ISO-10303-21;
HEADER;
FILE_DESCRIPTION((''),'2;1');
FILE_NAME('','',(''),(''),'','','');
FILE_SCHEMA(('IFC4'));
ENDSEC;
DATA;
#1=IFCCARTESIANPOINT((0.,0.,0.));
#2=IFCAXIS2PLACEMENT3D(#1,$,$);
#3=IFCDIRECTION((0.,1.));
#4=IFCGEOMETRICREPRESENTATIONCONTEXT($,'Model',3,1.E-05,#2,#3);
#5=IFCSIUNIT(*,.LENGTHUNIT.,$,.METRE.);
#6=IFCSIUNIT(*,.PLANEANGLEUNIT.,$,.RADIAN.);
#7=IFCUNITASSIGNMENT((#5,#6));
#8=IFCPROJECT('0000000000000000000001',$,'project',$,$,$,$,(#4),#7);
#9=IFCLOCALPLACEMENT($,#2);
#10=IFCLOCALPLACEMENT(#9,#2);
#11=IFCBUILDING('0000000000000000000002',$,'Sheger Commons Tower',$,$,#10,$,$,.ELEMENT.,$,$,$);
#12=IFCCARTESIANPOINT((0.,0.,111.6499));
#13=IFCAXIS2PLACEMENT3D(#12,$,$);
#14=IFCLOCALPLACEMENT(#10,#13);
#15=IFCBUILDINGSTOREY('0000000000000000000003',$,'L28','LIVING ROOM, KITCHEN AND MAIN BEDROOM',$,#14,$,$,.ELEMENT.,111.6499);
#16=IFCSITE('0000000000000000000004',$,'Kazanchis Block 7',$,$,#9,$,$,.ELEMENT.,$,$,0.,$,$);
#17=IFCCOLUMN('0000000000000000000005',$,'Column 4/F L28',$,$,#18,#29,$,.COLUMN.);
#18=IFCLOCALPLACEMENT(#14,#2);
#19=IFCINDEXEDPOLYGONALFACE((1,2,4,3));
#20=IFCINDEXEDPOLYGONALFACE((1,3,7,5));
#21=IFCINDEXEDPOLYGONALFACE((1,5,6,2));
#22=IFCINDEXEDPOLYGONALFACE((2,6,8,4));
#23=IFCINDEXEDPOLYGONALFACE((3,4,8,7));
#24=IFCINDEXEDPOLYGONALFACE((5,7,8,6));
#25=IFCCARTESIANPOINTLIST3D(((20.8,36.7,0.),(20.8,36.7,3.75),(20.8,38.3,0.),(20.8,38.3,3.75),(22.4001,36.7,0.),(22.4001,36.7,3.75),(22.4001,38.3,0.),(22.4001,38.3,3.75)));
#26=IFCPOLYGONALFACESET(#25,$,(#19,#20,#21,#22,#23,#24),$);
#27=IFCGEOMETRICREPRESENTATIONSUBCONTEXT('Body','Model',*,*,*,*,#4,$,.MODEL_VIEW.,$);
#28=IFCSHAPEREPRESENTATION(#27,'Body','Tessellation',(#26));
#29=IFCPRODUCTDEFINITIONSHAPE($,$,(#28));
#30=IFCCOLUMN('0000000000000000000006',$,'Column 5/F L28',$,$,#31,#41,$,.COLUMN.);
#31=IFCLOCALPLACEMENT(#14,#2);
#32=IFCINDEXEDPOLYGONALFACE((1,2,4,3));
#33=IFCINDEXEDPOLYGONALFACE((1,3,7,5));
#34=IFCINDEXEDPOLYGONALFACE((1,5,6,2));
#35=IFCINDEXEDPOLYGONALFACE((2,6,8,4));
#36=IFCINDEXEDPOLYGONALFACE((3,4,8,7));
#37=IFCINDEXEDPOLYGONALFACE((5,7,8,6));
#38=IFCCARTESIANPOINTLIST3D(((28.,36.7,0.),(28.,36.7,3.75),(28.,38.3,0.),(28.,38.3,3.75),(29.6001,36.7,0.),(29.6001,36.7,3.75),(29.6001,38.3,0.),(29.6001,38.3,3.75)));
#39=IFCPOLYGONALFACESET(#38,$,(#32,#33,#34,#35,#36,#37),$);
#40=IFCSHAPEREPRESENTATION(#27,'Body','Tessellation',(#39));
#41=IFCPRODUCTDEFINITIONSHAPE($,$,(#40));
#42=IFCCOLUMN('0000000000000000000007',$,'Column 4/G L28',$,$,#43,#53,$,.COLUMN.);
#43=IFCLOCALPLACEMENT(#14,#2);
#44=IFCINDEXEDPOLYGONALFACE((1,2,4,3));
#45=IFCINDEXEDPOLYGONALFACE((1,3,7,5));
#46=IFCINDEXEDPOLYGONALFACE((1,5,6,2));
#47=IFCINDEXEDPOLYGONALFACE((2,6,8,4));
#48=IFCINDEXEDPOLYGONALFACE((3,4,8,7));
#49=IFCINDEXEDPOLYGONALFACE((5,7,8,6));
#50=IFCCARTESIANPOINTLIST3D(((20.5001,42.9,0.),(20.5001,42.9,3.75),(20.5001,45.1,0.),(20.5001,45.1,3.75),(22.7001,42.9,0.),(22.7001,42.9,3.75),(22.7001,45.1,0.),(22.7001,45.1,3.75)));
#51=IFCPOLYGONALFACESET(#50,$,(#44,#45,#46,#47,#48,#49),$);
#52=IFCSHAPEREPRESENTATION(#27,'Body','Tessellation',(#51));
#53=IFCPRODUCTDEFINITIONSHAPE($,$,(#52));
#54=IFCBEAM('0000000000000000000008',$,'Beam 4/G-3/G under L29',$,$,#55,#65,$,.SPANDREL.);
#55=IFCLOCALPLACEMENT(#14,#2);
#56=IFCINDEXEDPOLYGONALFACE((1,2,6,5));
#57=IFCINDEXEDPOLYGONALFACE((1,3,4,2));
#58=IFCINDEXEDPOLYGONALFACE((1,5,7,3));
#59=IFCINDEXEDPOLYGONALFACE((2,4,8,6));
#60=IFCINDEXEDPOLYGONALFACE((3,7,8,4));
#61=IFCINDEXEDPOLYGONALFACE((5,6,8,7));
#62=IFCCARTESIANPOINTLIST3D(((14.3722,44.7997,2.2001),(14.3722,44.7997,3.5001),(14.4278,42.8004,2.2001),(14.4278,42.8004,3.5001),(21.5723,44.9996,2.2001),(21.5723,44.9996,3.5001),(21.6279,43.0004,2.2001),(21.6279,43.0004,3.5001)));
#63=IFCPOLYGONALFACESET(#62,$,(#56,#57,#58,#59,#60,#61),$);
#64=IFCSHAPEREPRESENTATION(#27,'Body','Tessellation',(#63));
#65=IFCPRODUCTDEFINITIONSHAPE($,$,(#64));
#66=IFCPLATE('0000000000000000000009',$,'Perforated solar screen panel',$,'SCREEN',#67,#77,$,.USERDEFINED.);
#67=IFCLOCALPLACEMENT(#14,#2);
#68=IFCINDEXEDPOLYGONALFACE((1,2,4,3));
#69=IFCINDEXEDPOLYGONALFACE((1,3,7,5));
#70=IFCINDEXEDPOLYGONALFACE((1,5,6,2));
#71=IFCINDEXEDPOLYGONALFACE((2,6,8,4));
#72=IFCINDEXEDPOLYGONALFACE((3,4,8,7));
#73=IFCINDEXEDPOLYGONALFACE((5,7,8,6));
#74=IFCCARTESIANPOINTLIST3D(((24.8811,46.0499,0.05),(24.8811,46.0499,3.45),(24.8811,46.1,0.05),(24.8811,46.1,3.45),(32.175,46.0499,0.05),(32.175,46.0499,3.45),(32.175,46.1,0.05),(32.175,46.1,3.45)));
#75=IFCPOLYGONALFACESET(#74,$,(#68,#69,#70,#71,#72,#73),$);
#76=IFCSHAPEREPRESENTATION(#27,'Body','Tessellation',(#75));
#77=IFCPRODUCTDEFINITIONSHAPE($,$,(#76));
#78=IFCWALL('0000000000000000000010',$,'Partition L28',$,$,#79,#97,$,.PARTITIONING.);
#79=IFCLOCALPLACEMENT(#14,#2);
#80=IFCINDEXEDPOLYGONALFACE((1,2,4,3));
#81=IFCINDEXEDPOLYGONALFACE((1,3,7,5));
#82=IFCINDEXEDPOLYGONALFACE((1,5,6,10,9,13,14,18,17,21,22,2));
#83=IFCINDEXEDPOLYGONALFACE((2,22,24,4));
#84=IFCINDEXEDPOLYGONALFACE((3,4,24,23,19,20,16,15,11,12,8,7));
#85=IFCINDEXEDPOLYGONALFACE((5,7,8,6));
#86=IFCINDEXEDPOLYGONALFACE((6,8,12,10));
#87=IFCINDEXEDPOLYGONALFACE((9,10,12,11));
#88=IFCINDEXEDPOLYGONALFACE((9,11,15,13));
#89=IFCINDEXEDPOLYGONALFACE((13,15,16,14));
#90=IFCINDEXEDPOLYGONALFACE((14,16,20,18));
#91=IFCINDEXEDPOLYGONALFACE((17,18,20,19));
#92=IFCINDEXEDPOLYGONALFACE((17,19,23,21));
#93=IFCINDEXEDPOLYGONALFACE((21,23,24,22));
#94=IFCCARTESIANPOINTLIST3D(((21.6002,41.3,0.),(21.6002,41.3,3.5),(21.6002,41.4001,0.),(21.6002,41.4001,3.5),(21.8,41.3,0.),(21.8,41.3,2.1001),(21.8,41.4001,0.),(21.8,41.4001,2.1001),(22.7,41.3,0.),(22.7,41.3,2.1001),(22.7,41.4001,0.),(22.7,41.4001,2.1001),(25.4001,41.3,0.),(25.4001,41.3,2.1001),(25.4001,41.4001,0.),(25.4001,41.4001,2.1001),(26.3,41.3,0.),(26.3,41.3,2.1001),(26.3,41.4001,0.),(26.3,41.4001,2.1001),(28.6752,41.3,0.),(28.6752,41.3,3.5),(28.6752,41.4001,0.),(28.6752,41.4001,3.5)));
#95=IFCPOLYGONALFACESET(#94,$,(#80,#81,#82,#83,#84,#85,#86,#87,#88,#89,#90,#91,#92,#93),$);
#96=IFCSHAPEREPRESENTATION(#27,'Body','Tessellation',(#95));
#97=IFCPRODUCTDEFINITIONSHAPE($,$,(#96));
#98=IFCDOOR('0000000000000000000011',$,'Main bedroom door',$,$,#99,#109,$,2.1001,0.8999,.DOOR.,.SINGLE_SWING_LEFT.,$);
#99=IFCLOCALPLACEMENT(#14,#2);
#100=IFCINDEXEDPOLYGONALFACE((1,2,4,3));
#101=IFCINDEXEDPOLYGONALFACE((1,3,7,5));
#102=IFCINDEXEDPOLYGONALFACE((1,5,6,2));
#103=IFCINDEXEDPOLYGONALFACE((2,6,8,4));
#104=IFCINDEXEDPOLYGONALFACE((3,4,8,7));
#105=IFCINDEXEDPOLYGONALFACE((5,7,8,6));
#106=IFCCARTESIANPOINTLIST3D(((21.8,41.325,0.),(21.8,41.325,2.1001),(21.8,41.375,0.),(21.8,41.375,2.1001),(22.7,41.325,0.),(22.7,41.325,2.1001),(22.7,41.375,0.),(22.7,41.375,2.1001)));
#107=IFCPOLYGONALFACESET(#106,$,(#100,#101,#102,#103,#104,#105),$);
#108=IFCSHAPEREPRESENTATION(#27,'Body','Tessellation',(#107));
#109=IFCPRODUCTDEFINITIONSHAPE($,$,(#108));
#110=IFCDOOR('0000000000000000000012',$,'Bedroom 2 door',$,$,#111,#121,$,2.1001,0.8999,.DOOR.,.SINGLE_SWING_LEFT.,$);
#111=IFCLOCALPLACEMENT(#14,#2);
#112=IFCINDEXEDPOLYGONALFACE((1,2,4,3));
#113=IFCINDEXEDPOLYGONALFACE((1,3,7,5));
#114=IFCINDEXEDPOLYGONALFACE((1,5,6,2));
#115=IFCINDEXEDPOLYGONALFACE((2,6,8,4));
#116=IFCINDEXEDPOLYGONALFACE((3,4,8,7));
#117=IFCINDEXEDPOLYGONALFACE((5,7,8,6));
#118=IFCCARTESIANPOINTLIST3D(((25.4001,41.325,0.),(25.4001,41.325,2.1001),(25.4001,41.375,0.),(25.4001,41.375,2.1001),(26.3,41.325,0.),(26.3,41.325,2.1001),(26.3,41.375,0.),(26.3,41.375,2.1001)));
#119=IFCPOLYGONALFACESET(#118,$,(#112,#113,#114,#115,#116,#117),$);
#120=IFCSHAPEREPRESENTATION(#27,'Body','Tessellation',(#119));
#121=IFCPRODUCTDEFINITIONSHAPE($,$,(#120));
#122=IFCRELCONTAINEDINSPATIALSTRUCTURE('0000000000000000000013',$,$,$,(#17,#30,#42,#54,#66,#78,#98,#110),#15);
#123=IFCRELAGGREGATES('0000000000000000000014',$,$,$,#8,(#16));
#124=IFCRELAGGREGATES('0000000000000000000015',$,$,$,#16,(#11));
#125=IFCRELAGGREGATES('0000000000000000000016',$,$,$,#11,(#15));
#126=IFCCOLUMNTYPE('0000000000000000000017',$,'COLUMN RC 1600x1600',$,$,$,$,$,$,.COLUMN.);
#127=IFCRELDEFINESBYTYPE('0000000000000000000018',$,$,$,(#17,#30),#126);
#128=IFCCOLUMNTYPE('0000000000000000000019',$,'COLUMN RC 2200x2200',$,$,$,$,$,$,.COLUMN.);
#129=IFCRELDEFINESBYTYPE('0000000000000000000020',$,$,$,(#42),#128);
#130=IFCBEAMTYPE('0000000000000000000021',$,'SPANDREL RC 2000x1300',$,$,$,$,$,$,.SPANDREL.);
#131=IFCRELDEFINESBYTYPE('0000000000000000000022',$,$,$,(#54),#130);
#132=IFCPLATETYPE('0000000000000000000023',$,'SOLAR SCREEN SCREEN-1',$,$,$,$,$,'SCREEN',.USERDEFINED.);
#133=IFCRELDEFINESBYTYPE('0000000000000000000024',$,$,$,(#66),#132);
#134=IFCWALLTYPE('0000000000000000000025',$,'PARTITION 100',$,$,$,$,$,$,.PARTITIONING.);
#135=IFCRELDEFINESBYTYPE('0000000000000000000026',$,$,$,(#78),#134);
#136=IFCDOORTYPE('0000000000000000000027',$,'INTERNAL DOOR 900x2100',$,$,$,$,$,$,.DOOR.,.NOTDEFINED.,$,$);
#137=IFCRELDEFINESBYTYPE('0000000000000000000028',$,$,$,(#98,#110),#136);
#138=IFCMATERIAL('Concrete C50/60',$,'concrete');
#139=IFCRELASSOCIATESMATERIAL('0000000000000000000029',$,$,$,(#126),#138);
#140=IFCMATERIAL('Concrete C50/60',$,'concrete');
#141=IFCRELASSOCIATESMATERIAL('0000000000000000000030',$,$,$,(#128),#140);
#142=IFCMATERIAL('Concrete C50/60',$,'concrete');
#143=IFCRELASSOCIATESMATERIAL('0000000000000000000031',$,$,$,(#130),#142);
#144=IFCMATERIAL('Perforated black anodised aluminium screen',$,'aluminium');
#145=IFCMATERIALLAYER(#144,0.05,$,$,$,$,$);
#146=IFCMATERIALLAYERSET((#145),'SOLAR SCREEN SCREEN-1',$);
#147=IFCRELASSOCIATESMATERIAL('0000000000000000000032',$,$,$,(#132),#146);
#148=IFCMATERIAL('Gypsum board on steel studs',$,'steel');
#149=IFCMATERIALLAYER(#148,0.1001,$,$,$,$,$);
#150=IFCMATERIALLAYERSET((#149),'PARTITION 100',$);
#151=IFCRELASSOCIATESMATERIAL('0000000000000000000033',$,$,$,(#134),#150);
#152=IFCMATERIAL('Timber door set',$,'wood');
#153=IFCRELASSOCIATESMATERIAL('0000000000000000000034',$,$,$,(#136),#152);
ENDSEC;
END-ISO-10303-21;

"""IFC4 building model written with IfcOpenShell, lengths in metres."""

from ifc_helpers import new_model, si_unit, direction, frame, frame_2d, origin, origin_2d, place, context, subcontext, project, spatial, rectangle, extrude, material, layer, layer_set, material_profile, profile_set, type_object, element, fill, save


model = new_model("IFC4")

# Units and contexts
model_context = context("Model", 3, precision=1e-05, world=origin(), true_north=direction((0.0, 1.0)))
body_context = subcontext(model_context, "Body", "Model", "MODEL_VIEW")
ifc_project = project(units=[si_unit("LENGTHUNIT", "METRE"), si_unit("PLANEANGLEUNIT", "RADIAN")], contexts=[model_context])

# Site, building, storey
site_placement = place(None, origin())
site = spatial("IfcSite", under=ifc_project, at=site_placement, Name="Kazanchis Block 7", CompositionType="ELEMENT", RefElevation=0.0)
building_placement = place(site_placement, origin())
building = spatial("IfcBuilding", under=site, at=building_placement, Name="Sheger Commons Tower", CompositionType="ELEMENT")
storey_placement = place(building_placement, frame((0.0, 0.0, 111.6499)))
storey = spatial("IfcBuildingStorey", under=building, at=storey_placement, Name="L28", Description="LIVING ROOM, KITCHEN AND MAIN BEDROOM", CompositionType="ELEMENT", Elevation=111.6499)

# Columns
ifc_material_1 = material(Name="Concrete C50/60", Category="concrete")
ifc_material_profile_1 = material_profile(ifc_material_1, rectangle(XDim=1.6001, YDim=1.6001, at=origin_2d()), Name="RC 1600x1600")
ifc_profile_set_1 = profile_set([ifc_material_profile_1], Name="Concrete C50/60")
column_type_1 = type_object("IfcColumnType", Name="COLUMN RC 1600x1600", PredefinedType="COLUMN", material=ifc_profile_set_1)
for number, where, z_axis, x_axis, name in (
    (1, (21.6001, 37.5, 0.0), (0.0, 0.0, 1.0), (1.0, 0.0, 0.0), "Column 4/F L28"),
    (2, (28.8, 37.5, 0.0), (0.0, 0.0, 1.0), (1.0, 0.0, 0.0), "Column 5/F L28"),
):
    element("IfcColumn", number, at=place(storey_placement, frame(where, z_axis=z_axis, x_axis=x_axis)), inside=storey, type_object=column_type_1, Name=name, PredefinedType="COLUMN", context=body_context, shape_type="SweptSolid", body=[
        extrude(rectangle(XDim=1.6001, YDim=1.6001, at=origin_2d()), origin(), (0.0, 0.0, 1.0), 3.75),
    ])
ifc_material_2 = material(Name="Concrete C50/60", Category="concrete")
ifc_material_profile_2 = material_profile(ifc_material_2, rectangle(XDim=2.2, YDim=2.2, at=origin_2d()), Name="RC 2200x2200")
ifc_profile_set_2 = profile_set([ifc_material_profile_2], Name="Concrete C50/60")
column_type_2 = type_object("IfcColumnType", Name="COLUMN RC 2200x2200", PredefinedType="COLUMN", material=ifc_profile_set_2)
column_placement = place(storey_placement, frame((21.6001, 44.0, 0.0), z_axis=(0.0, 0.0, 1.0), x_axis=(1.0, 0.0, 0.0)))
element("IfcColumn", 3, at=column_placement, inside=storey, type_object=column_type_2, Name="Column 4/G L28", PredefinedType="COLUMN", context=body_context, shape_type="SweptSolid", body=[
    extrude(rectangle(XDim=2.2, YDim=2.2, at=origin_2d()), origin(), (0.0, 0.0, 1.0), 3.75),
])

# Beam
ifc_material_3 = material(Name="Concrete C50/60", Category="concrete")
ifc_material_profile_3 = material_profile(ifc_material_3, rectangle(XDim=2.0, YDim=1.3, at=origin_2d()), Name="RC 2000x1300")
ifc_profile_set_3 = profile_set([ifc_material_profile_3], Name="Concrete C50/60")
beam_type = type_object("IfcBeamType", Name="SPANDREL RC 2000x1300", PredefinedType="SPANDREL", material=ifc_profile_set_3)
beam_placement = place(storey_placement, frame((21.6001, 44.0, 2.8501), z_axis=(-0.999615, -0.02776, 0.0), x_axis=(0.02776, -0.999615, 0.0)))
element("IfcBeam", 4, at=beam_placement, inside=storey, type_object=beam_type, Name="Beam 4/G-3/G under L29", PredefinedType="SPANDREL", context=body_context, shape_type="SweptSolid", body=[
    extrude(rectangle(XDim=2.0, YDim=1.3, at=origin_2d()), origin(), (0.0, 0.0, 1.0), 7.2029),
])

# Plate
ifc_material_4 = material(Name="Perforated black anodised aluminium screen", Category="aluminium")
ifc_layer_1 = layer(ifc_material_4, 0.05)
ifc_layer_set_1 = layer_set([ifc_layer_1], Name="SOLAR SCREEN SCREEN-1")
plate_type = type_object("IfcPlateType", Name="SOLAR SCREEN SCREEN-1", ElementType="SCREEN", PredefinedType="USERDEFINED", material=ifc_layer_set_1)
plate_placement = place(storey_placement, frame((28.5281, 46.075, 0.05), z_axis=(0.0, 0.0, 1.0), x_axis=(-1.0, 0.0, 0.0)))
element("IfcPlate", 5, at=plate_placement, inside=storey, type_object=plate_type, Name="Perforated solar screen panel", ObjectType="SCREEN", PredefinedType="USERDEFINED", context=body_context, shape_type="SweptSolid", body=[
    extrude(rectangle(XDim=7.2939, YDim=0.05, at=origin_2d()), origin(), (0.0, 0.0, 1.0), 3.3999),
])

# Wall, openings, doors
ifc_material_5 = material(Name="Gypsum board on steel studs", Category="steel")
ifc_layer_2 = layer(ifc_material_5, 0.1001)
ifc_layer_set_2 = layer_set([ifc_layer_2], Name="PARTITION 100")
wall_type = type_object("IfcWallType", Name="PARTITION 100", PredefinedType="PARTITIONING", material=ifc_layer_set_2)
wall_1_placement = place(storey_placement, frame((21.6001, 41.3501, 0.0), z_axis=(0.0, 0.0, 1.0), x_axis=(1.0, 0.0, 0.0)))
wall_1 = element("IfcWall", 6, at=wall_1_placement, inside=storey, type_object=wall_type, Name="Partition L28", PredefinedType="PARTITIONING", context=body_context, shape_type="SweptSolid", body=[
    extrude(rectangle(XDim=7.075, YDim=0.1001, at=frame_2d((3.5376, 0.0))), origin(), (0.0, 0.0, 1.0), 3.5),
])
opening_1_placement = place(wall_1_placement, frame((0.2, 0.0, 0.0)))
opening_1 = element("IfcOpeningElement", 7, at=opening_1_placement, cuts=wall_1, PredefinedType="OPENING", context=body_context, shape_type="SweptSolid", body=[
    extrude(rectangle(XDim=0.8999, YDim=2.1001, at=frame_2d((0.45, 1.05))), frame((0.0, 0.0601, 0.0), z_axis=(0.0, -1.0, 0.0), x_axis=(1.0, 0.0, 0.0)), (0.0, 0.0, 1.0), 0.1201),
])
opening_2_placement = place(wall_1_placement, frame((3.8, 0.0, 0.0)))
opening_2 = element("IfcOpeningElement", 8, at=opening_2_placement, cuts=wall_1, PredefinedType="OPENING", context=body_context, shape_type="SweptSolid", body=[
    extrude(rectangle(XDim=0.8999, YDim=2.1001, at=frame_2d((0.45, 1.05))), frame((0.0, 0.0601, 0.0), z_axis=(0.0, -1.0, 0.0), x_axis=(1.0, 0.0, 0.0)), (0.0, 0.0, 1.0), 0.1201),
])
ifc_material_6 = material(Name="Timber door set", Category="wood")
door_type = type_object("IfcDoorType", Name="INTERNAL DOOR 900x2100", OperationType="NOTDEFINED", PredefinedType="DOOR", material=ifc_material_6)
door_1_placement = place(opening_1_placement, origin())
door_1 = element("IfcDoor", 9, at=door_1_placement, inside=storey, type_object=door_type, Name="Main bedroom door", OperationType="SINGLE_SWING_LEFT", OverallHeight=2.1001, OverallWidth=0.8999, PredefinedType="DOOR", context=body_context, shape_type="SweptSolid", body=[
    extrude(rectangle(XDim=0.8999, YDim=2.1001, at=frame_2d((0.45, 1.05))), frame((0.0, 0.0249, 0.0), z_axis=(0.0, -1.0, 0.0), x_axis=(1.0, 0.0, 0.0)), (0.0, 0.0, 1.0), 0.05),
])
fill(opening_1, door_1)
door_2_placement = place(opening_2_placement, origin())
door_2 = element("IfcDoor", 10, at=door_2_placement, inside=storey, type_object=door_type, Name="Bedroom 2 door", OperationType="SINGLE_SWING_LEFT", OverallHeight=2.1001, OverallWidth=0.8999, PredefinedType="DOOR", context=body_context, shape_type="SweptSolid", body=[
    extrude(rectangle(XDim=0.8999, YDim=2.1001, at=frame_2d((0.45, 1.05))), frame((0.0, 0.0249, 0.0), z_axis=(0.0, -1.0, 0.0), x_axis=(1.0, 0.0, 0.0)), (0.0, 0.0, 1.0), 0.05),
])
fill(opening_2, door_2)

save(model, "model.ifc")
